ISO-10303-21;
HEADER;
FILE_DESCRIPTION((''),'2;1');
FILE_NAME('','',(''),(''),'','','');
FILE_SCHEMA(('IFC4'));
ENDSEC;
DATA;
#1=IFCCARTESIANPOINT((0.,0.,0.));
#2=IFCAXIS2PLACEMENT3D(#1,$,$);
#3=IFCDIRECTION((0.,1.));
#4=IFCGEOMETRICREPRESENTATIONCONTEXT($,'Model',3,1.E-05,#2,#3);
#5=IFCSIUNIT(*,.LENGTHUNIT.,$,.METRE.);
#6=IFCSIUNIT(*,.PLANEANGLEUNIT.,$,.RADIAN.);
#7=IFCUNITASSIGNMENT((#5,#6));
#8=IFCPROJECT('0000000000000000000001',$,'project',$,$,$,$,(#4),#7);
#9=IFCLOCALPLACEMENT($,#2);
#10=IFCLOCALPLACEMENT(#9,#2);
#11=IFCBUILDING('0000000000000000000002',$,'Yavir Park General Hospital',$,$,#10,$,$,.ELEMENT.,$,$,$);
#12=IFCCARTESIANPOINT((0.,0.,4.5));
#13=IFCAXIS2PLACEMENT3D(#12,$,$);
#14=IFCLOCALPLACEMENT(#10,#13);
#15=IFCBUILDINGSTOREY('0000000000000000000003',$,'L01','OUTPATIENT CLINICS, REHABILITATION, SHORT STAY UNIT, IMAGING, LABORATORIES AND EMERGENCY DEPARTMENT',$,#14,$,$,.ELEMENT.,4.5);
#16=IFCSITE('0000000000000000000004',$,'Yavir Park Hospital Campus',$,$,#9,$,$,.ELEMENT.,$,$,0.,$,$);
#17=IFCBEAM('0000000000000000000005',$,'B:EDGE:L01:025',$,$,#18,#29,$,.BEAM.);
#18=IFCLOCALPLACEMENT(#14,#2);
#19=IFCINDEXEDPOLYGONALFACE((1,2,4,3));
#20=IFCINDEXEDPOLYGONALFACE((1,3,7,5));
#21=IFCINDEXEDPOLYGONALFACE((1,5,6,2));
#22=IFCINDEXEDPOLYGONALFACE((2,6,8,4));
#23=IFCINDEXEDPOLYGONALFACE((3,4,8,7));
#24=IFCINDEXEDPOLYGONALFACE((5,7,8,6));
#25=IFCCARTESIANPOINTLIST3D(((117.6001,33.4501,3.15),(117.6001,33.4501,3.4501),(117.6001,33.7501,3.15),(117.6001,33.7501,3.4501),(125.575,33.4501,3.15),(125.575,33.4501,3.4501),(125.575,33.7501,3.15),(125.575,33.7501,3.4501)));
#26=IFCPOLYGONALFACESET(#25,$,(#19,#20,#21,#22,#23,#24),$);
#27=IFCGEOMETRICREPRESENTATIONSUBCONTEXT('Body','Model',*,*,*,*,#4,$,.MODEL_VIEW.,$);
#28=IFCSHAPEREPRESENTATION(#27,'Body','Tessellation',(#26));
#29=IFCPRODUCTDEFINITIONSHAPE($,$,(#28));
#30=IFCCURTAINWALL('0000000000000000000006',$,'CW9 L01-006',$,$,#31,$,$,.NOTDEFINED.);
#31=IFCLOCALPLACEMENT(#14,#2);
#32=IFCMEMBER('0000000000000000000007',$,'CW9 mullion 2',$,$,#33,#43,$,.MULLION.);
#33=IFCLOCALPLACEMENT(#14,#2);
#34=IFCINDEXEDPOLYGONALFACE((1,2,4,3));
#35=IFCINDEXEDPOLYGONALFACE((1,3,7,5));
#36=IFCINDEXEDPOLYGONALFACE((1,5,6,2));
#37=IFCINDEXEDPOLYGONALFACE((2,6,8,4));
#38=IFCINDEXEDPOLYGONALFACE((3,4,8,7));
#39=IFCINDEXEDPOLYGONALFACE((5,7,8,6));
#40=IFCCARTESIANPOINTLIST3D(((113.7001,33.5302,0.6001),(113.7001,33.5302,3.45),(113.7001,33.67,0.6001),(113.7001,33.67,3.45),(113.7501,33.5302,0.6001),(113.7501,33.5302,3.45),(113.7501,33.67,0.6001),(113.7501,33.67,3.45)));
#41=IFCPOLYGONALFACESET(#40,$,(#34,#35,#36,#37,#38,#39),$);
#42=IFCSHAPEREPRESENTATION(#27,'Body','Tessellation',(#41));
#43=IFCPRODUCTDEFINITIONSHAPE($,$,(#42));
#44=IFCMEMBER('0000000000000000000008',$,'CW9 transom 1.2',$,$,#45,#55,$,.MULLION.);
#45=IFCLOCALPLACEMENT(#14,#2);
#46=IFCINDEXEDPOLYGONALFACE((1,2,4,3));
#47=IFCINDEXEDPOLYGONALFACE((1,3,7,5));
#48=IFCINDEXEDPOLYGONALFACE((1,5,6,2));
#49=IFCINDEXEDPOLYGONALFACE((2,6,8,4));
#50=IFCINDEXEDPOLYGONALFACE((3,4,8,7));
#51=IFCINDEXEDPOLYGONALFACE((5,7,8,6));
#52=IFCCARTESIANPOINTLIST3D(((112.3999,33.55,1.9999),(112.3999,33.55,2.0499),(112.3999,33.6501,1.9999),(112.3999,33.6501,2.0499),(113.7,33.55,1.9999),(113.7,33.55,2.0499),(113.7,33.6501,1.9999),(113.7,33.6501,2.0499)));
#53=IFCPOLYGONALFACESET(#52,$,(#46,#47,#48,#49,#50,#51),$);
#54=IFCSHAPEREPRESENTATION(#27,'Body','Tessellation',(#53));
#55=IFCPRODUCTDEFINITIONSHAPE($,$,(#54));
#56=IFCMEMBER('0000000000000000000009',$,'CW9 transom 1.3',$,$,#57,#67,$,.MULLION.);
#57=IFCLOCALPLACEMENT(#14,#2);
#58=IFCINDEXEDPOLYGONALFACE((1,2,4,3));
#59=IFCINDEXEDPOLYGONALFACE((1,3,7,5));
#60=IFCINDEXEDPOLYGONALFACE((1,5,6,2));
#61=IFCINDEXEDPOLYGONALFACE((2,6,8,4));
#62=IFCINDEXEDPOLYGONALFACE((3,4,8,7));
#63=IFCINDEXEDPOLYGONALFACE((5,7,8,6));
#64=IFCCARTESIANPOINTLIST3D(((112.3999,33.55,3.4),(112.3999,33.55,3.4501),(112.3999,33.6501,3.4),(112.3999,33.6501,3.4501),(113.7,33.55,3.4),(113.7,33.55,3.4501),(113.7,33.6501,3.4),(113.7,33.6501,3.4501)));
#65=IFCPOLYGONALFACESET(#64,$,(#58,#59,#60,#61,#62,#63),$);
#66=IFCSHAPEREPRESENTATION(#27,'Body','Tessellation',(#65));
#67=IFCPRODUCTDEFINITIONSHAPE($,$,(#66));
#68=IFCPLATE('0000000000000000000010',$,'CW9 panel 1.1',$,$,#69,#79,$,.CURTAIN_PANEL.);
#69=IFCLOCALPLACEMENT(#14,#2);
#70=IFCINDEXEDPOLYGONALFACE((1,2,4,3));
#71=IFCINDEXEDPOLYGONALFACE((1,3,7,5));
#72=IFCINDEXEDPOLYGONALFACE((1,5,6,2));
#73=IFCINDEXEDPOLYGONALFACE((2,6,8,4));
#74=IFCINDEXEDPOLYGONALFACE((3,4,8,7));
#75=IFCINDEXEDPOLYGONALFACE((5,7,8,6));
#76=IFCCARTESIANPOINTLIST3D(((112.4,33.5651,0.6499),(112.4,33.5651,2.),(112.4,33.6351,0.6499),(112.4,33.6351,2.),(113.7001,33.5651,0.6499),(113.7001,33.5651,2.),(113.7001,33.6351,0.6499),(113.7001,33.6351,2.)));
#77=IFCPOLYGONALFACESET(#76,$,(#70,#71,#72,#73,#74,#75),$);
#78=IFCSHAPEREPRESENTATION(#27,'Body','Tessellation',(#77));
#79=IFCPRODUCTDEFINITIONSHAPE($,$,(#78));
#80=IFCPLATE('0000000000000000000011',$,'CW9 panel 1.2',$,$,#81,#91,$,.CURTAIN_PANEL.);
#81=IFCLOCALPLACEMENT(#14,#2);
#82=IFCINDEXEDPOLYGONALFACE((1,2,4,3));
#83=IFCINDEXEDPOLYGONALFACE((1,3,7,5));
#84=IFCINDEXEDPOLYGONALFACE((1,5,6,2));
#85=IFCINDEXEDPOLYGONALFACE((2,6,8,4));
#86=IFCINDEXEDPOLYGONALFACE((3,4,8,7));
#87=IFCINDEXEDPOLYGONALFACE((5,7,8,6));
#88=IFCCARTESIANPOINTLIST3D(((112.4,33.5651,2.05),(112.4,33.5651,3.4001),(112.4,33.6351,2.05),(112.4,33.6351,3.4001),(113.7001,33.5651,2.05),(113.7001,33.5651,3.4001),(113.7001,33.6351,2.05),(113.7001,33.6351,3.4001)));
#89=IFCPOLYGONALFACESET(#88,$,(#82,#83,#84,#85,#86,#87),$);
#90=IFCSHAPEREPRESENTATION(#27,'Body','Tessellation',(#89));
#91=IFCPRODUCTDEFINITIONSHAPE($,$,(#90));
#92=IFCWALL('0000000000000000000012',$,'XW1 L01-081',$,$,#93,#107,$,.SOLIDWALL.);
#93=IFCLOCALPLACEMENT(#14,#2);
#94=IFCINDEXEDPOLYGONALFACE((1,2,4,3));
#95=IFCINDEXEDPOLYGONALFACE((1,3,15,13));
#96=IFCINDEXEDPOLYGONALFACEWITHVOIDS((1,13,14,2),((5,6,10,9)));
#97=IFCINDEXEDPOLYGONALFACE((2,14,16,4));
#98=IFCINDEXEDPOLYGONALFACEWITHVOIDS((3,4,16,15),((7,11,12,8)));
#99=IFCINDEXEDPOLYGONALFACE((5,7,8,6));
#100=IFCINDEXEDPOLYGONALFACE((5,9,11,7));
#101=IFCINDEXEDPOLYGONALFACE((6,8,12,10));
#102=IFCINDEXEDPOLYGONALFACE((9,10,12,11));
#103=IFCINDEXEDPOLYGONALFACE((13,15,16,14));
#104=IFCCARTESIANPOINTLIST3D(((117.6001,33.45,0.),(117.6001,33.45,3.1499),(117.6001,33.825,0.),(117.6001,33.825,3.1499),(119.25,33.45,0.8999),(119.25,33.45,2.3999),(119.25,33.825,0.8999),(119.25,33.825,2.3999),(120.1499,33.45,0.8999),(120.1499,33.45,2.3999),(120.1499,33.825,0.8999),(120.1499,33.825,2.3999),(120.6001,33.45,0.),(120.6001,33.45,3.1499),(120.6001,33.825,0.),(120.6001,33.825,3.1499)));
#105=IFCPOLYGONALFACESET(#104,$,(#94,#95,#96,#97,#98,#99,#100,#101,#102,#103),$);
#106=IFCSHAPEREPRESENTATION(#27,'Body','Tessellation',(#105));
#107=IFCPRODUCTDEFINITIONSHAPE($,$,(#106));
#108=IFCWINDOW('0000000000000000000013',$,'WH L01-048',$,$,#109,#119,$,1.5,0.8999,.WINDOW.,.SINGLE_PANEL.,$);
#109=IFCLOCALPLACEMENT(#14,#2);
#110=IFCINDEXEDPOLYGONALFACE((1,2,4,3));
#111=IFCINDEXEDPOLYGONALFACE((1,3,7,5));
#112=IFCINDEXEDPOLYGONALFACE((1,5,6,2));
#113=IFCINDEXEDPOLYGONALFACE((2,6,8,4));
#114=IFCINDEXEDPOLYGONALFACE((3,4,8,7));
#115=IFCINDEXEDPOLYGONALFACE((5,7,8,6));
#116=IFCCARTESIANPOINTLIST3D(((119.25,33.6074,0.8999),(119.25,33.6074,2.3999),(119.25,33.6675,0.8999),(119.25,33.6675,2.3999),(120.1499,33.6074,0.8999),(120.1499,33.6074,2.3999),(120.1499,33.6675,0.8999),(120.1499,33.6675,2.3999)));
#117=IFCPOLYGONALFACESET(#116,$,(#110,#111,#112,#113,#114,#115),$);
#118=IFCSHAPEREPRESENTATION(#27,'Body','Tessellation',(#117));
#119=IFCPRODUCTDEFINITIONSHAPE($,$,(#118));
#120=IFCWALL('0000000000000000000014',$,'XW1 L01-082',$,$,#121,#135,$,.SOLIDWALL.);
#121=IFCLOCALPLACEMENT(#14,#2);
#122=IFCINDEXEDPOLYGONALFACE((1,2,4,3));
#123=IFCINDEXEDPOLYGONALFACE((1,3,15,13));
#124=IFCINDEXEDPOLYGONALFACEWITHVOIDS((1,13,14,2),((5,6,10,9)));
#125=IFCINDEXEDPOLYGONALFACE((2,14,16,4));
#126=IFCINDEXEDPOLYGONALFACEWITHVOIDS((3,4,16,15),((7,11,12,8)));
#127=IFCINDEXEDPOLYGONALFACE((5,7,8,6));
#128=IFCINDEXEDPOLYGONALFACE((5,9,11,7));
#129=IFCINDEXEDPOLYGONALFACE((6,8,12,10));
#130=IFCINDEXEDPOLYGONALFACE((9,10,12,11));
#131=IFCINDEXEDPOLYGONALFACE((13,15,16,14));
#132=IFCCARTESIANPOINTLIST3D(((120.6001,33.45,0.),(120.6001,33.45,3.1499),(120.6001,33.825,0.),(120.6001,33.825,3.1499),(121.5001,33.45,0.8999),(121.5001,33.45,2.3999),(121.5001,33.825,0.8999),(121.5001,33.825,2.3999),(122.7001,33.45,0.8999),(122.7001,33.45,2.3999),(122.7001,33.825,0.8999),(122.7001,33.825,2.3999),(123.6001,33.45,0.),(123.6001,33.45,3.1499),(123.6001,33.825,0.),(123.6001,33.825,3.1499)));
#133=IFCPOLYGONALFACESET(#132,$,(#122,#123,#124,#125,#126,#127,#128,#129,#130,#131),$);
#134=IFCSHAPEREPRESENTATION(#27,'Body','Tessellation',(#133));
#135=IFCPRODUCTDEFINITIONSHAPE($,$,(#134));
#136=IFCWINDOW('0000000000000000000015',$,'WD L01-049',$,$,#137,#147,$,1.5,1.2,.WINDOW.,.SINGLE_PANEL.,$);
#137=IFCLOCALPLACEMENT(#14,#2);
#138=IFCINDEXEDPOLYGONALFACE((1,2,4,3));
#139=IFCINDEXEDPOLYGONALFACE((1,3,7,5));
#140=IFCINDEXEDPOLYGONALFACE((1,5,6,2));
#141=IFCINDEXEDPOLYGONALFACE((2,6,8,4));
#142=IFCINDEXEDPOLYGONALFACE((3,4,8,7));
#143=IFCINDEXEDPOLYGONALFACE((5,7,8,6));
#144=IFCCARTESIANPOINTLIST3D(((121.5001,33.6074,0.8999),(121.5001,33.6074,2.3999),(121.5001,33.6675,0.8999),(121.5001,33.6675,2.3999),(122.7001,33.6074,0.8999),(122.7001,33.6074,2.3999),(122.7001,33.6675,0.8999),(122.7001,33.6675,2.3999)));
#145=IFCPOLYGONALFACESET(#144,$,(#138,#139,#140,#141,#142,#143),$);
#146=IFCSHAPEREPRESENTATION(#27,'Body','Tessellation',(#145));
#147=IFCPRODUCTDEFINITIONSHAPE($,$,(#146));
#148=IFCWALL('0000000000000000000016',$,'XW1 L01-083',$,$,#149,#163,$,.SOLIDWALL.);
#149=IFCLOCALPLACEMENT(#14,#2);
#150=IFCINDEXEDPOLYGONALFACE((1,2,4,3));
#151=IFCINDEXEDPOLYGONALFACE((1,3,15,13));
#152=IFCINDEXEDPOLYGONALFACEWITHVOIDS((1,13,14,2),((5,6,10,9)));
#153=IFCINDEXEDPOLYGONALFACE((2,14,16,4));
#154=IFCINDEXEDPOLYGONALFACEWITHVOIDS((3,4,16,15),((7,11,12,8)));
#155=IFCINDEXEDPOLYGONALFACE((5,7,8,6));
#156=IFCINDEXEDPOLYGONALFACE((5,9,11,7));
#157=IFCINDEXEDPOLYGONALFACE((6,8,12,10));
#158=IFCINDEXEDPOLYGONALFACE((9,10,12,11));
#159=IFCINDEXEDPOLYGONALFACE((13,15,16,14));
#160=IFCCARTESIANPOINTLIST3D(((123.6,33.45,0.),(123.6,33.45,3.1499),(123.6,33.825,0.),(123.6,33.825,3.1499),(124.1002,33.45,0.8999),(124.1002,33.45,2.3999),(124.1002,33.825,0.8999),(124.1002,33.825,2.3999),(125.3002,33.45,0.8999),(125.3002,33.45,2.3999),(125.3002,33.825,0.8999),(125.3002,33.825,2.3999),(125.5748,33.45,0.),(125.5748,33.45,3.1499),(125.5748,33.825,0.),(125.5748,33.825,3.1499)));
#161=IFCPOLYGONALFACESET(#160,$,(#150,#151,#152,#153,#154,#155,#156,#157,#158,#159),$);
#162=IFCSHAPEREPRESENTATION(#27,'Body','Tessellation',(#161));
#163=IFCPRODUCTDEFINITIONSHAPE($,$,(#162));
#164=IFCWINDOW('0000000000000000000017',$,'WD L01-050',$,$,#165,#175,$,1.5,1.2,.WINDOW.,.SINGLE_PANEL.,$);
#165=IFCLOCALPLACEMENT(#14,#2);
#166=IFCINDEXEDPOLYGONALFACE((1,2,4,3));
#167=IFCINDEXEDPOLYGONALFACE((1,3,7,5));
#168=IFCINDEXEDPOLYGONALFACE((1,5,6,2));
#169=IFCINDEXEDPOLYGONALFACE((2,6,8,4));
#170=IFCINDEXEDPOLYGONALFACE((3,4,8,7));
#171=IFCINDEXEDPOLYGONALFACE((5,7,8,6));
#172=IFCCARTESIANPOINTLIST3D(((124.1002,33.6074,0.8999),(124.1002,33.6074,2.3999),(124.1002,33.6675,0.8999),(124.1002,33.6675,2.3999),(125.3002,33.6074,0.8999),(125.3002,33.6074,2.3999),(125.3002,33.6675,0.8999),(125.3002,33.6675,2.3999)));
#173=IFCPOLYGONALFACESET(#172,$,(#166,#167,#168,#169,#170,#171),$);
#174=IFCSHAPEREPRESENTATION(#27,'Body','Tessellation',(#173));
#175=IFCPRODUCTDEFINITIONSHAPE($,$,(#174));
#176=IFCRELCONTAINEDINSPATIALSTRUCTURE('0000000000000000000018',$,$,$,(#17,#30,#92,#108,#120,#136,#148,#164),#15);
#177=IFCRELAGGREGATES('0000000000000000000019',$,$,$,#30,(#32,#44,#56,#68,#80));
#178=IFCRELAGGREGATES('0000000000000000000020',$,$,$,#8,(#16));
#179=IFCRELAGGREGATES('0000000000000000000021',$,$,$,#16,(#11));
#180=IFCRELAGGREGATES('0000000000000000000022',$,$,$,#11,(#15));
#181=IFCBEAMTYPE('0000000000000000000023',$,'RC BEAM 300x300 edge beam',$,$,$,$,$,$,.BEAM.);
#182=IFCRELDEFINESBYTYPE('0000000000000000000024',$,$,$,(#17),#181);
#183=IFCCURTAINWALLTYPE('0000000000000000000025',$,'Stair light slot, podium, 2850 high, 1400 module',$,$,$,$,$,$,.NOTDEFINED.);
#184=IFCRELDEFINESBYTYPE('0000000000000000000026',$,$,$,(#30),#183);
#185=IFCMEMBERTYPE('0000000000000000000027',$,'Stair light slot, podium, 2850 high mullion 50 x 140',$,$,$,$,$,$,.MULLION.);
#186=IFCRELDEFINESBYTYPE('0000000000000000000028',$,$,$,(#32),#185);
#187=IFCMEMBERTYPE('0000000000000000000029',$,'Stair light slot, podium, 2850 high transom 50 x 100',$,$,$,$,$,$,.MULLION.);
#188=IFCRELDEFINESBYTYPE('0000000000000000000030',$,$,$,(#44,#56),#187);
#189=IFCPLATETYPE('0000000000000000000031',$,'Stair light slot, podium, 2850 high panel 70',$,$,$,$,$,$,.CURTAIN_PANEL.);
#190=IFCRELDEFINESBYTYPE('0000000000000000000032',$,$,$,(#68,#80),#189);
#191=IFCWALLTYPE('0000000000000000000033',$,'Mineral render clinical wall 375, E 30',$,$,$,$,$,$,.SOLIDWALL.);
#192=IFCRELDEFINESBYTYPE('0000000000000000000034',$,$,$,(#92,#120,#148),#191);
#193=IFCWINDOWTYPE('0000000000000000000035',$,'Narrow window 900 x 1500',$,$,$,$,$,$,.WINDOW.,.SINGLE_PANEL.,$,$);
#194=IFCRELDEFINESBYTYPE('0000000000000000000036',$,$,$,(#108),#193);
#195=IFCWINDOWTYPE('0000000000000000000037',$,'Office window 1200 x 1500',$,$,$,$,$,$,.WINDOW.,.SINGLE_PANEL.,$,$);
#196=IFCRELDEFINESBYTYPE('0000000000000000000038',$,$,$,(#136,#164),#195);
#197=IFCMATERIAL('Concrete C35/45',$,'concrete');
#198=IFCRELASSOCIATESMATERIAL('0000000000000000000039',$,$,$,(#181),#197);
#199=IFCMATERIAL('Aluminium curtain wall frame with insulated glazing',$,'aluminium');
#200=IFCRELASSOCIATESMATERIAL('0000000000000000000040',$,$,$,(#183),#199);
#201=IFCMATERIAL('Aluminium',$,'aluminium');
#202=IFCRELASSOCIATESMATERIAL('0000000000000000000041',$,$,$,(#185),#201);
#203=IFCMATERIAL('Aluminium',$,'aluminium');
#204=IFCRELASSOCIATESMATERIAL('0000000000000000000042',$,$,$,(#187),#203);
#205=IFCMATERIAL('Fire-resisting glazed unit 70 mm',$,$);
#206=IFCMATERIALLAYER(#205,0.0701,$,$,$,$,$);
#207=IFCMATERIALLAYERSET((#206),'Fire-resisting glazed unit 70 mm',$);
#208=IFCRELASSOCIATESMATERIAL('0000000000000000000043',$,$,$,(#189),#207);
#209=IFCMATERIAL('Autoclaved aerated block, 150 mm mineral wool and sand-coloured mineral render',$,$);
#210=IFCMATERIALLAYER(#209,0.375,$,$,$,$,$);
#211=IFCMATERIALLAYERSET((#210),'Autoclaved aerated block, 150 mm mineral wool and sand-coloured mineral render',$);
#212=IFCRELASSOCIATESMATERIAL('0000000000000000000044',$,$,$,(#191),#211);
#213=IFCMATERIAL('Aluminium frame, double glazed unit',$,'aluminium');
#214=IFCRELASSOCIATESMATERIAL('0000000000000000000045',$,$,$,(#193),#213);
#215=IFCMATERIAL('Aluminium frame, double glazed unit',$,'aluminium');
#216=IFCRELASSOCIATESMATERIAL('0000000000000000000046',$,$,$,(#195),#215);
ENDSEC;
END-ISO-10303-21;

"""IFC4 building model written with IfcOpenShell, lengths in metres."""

from ifc_helpers import new_model, si_unit, direction, frame, frame_2d, origin, origin_2d, place, context, subcontext, project, spatial, rectangle, extrude, material, layer, layer_set, material_profile, profile_set, type_object, element, fill, aggregate, save


model = new_model("IFC4")

# Units and contexts
model_context = context("Model", 3, precision=1e-05, world=origin(), true_north=direction((0.0, 1.0)))
body_context = subcontext(model_context, "Body", "Model", "MODEL_VIEW")
ifc_project = project(units=[si_unit("LENGTHUNIT", "METRE"), si_unit("PLANEANGLEUNIT", "RADIAN")], contexts=[model_context])

# Site, building, storey
site_placement = place(None, origin())
site = spatial("IfcSite", under=ifc_project, at=site_placement, Name="Yavir Park Hospital Campus", CompositionType="ELEMENT", RefElevation=0.0)
building_placement = place(site_placement, origin())
building = spatial("IfcBuilding", under=site, at=building_placement, Name="Yavir Park General Hospital", CompositionType="ELEMENT")
storey_placement = place(building_placement, frame((0.0, 0.0, 4.5)))
storey = spatial("IfcBuildingStorey", under=building, at=storey_placement, Name="L01", Description="OUTPATIENT CLINICS, REHABILITATION, SHORT STAY UNIT, IMAGING, LABORATORIES AND EMERGENCY DEPARTMENT", CompositionType="ELEMENT", Elevation=4.5)

# Beam
ifc_material_1 = material(Name="Concrete C35/45", Category="concrete")
ifc_material_profile_1 = material_profile(ifc_material_1, rectangle(XDim=0.3, YDim=0.3, at=origin_2d()), Name="RC300x300")
ifc_profile_set_1 = profile_set([ifc_material_profile_1], Name="Concrete C35/45")
beam_type = type_object("IfcBeamType", Name="RC BEAM 300x300 edge beam", PredefinedType="BEAM", material=ifc_profile_set_1)
beam_placement = place(storey_placement, frame((117.6001, 33.6001, 3.3), z_axis=(1.0, 0.0, 0.0), x_axis=(0.0, 1.0, 0.0)))
element("IfcBeam", 1, at=beam_placement, inside=storey, type_object=beam_type, Name="B:EDGE:L01:025", PredefinedType="BEAM", context=body_context, shape_type="SweptSolid", body=[
    extrude(rectangle(XDim=0.3, YDim=0.3, at=origin_2d()), origin(), (0.0, 0.0, 1.0), 7.9749),
])

# Curtain wall, members, plates
ifc_material_2 = material(Name="Aluminium curtain wall frame with insulated glazing", Category="aluminium")
curtain_wall_type = type_object("IfcCurtainWallType", Name="Stair light slot, podium, 2850 high, 1400 module", PredefinedType="NOTDEFINED", material=ifc_material_2)
curtain_wall_placement = place(storey_placement, origin())
curtain_wall = element("IfcCurtainWall", 2, at=curtain_wall_placement, inside=storey, type_object=curtain_wall_type, Name="CW9 L01-006", PredefinedType="NOTDEFINED")
ifc_material_3 = material(Name="Aluminium", Category="aluminium")
ifc_material_profile_2 = material_profile(ifc_material_3, rectangle(XDim=0.1399, YDim=0.05, at=origin_2d()), Name="AL 50x140")
ifc_profile_set_2 = profile_set([ifc_material_profile_2], Name="Aluminium")
member_type_1 = type_object("IfcMemberType", Name="Stair light slot, podium, 2850 high mullion 50 x 140", PredefinedType="MULLION", material=ifc_profile_set_2)
member_1_placement = place(storey_placement, frame((113.7251, 33.6001, 0.6001), z_axis=(0.0, 0.0, 1.0), x_axis=(0.0, 1.0, 0.0)))
member_1 = element("IfcMember", 3, at=member_1_placement, type_object=member_type_1, Name="CW9 mullion 2", PredefinedType="MULLION", context=body_context, shape_type="SweptSolid", body=[
    extrude(rectangle(XDim=0.1399, YDim=0.05, at=origin_2d()), origin(), (0.0, 0.0, 1.0), 2.8499),
])
ifc_material_4 = material(Name="Aluminium", Category="aluminium")
ifc_material_profile_3 = material_profile(ifc_material_4, rectangle(XDim=0.1001, YDim=0.05, at=origin_2d()), Name="AL 100x50")
ifc_profile_set_3 = profile_set([ifc_material_profile_3], Name="Aluminium")
member_type_2 = type_object("IfcMemberType", Name="Stair light slot, podium, 2850 high transom 50 x 100", PredefinedType="MULLION", material=ifc_profile_set_3)
member_2_placement = place(storey_placement, frame((112.3999, 33.6001, 2.0249), z_axis=(1.0, 0.0, 0.0), x_axis=(0.0, 1.0, 0.0)))
member_2 = element("IfcMember", 4, at=member_2_placement, type_object=member_type_2, Name="CW9 transom 1.2", PredefinedType="MULLION", context=body_context, shape_type="SweptSolid", body=[
    extrude(rectangle(XDim=0.1001, YDim=0.05, at=origin_2d()), origin(), (0.0, 0.0, 1.0), 1.3),
])
member_3_placement = place(storey_placement, frame((112.3999, 33.6001, 3.425), z_axis=(1.0, 0.0, 0.0), x_axis=(0.0, 1.0, 0.0)))
member_3 = element("IfcMember", 5, at=member_3_placement, type_object=member_type_2, Name="CW9 transom 1.3", PredefinedType="MULLION", context=body_context, shape_type="SweptSolid", body=[
    extrude(rectangle(XDim=0.1001, YDim=0.05, at=origin_2d()), origin(), (0.0, 0.0, 1.0), 1.3),
])
ifc_material_5 = material(Name="Fire-resisting glazed unit 70 mm")
ifc_layer_1 = layer(ifc_material_5, 0.0701)
ifc_layer_set_1 = layer_set([ifc_layer_1], Name="Fire-resisting glazed unit 70 mm")
plate_type = type_object("IfcPlateType", Name="Stair light slot, podium, 2850 high panel 70", PredefinedType="CURTAIN_PANEL", material=ifc_layer_set_1)
plate_1_placement = place(storey_placement, frame((113.05, 33.6001, 0.6499), z_axis=(0.0, 0.0, 1.0), x_axis=(1.0, 0.0, 0.0)))
plate_1 = element("IfcPlate", 6, at=plate_1_placement, type_object=plate_type, Name="CW9 panel 1.1", PredefinedType="CURTAIN_PANEL", context=body_context, shape_type="SweptSolid", body=[
    extrude(rectangle(XDim=1.3, YDim=0.0701, at=origin_2d()), origin(), (0.0, 0.0, 1.0), 1.3501),
])
plate_2_placement = place(storey_placement, frame((113.05, 33.6001, 2.05), z_axis=(0.0, 0.0, 1.0), x_axis=(1.0, 0.0, 0.0)))
plate_2 = element("IfcPlate", 7, at=plate_2_placement, type_object=plate_type, Name="CW9 panel 1.2", PredefinedType="CURTAIN_PANEL", context=body_context, shape_type="SweptSolid", body=[
    extrude(rectangle(XDim=1.3, YDim=0.0701, at=origin_2d()), origin(), (0.0, 0.0, 1.0), 1.3501),
])
aggregate(curtain_wall, [member_1, member_2, member_3, plate_1, plate_2])

# Walls, openings, windows
ifc_material_6 = material(Name="Autoclaved aerated block, 150 mm mineral wool and sand-coloured mineral render")
ifc_layer_2 = layer(ifc_material_6, 0.375)
ifc_layer_set_2 = layer_set([ifc_layer_2], Name="Autoclaved aerated block, 150 mm mineral wool and sand-coloured mineral render")
wall_type_1 = type_object("IfcWallType", Name="Mineral render clinical wall 375, E 30", PredefinedType="SOLIDWALL", material=ifc_layer_set_2)
wall_1_placement = place(storey_placement, frame((117.6001, 33.6375, 0.0), z_axis=(0.0, 0.0, 1.0), x_axis=(1.0, 0.0, 0.0)))
wall_1 = element("IfcWall", 8, at=wall_1_placement, inside=storey, type_object=wall_type_1, Name="XW1 L01-081", PredefinedType="SOLIDWALL", context=body_context, shape_type="SweptSolid", body=[
    extrude(rectangle(XDim=3.0, YDim=0.375, at=frame_2d((1.5, 0.0))), origin(), (0.0, 0.0, 1.0), 3.1499),
])
opening_1_placement = place(wall_1_placement, frame((1.6499, 0.0, 0.8999)))
opening_1 = element("IfcOpeningElement", 9, at=opening_1_placement, cuts=wall_1, PredefinedType="OPENING", context=body_context, shape_type="SweptSolid", body=[
    extrude(rectangle(XDim=0.8999, YDim=1.5, at=frame_2d((0.45, 0.75))), frame((0.0, 0.1975, 0.0), z_axis=(0.0, -1.0, 0.0), x_axis=(1.0, 0.0, 0.0)), (0.0, 0.0, 1.0), 0.395),
])
ifc_material_7 = material(Name="Aluminium frame, double glazed unit", Category="aluminium")
window_type_1 = type_object("IfcWindowType", Name="Narrow window 900 x 1500", PartitioningType="SINGLE_PANEL", PredefinedType="WINDOW", material=ifc_material_7)
window_1_placement = place(opening_1_placement, origin())
window_1 = element("IfcWindow", 10, at=window_1_placement, inside=storey, type_object=window_type_1, Name="WH L01-048", OverallHeight=1.5, OverallWidth=0.8999, PartitioningType="SINGLE_PANEL", PredefinedType="WINDOW", context=body_context, shape_type="SweptSolid", body=[
    extrude(rectangle(XDim=0.8999, YDim=1.5, at=frame_2d((0.45, 0.75))), frame((0.0, 0.03, 0.0), z_axis=(0.0, -1.0, 0.0), x_axis=(1.0, 0.0, 0.0)), (0.0, 0.0, 1.0), 0.0601),
])
fill(opening_1, window_1)
wall_2_placement = place(storey_placement, frame((120.6001, 33.6375, 0.0), z_axis=(0.0, 0.0, 1.0), x_axis=(1.0, 0.0, 0.0)))
wall_2 = element("IfcWall", 11, at=wall_2_placement, inside=storey, type_object=wall_type_1, Name="XW1 L01-082", PredefinedType="SOLIDWALL", context=body_context, shape_type="SweptSolid", body=[
    extrude(rectangle(XDim=3.0, YDim=0.375, at=frame_2d((1.5, 0.0))), origin(), (0.0, 0.0, 1.0), 3.1499),
])
opening_2_placement = place(wall_2_placement, frame((0.8999, 0.0, 0.8999)))
opening_2 = element("IfcOpeningElement", 12, at=opening_2_placement, cuts=wall_2, PredefinedType="OPENING", context=body_context, shape_type="SweptSolid", body=[
    extrude(rectangle(XDim=1.2, YDim=1.5, at=frame_2d((0.6001, 0.75))), frame((0.0, 0.1975, 0.0), z_axis=(0.0, -1.0, 0.0), x_axis=(1.0, 0.0, 0.0)), (0.0, 0.0, 1.0), 0.395),
])
ifc_material_8 = material(Name="Aluminium frame, double glazed unit", Category="aluminium")
window_type_2 = type_object("IfcWindowType", Name="Office window 1200 x 1500", PartitioningType="SINGLE_PANEL", PredefinedType="WINDOW", material=ifc_material_8)
window_2_placement = place(opening_2_placement, origin())
window_2 = element("IfcWindow", 13, at=window_2_placement, inside=storey, type_object=window_type_2, Name="WD L01-049", OverallHeight=1.5, OverallWidth=1.2, PartitioningType="SINGLE_PANEL", PredefinedType="WINDOW", context=body_context, shape_type="SweptSolid", body=[
    extrude(rectangle(XDim=1.2, YDim=1.5, at=frame_2d((0.6001, 0.75))), frame((0.0, 0.03, 0.0), z_axis=(0.0, -1.0, 0.0), x_axis=(1.0, 0.0, 0.0)), (0.0, 0.0, 1.0), 0.0601),
])
fill(opening_2, window_2)
wall_3_placement = place(storey_placement, frame((123.6001, 33.6375, 0.0), z_axis=(0.0, 0.0, 1.0), x_axis=(1.0, 0.0, 0.0)))
wall_3 = element("IfcWall", 14, at=wall_3_placement, inside=storey, type_object=wall_type_1, Name="XW1 L01-083", PredefinedType="SOLIDWALL", context=body_context, shape_type="SweptSolid", body=[
    extrude(rectangle(XDim=1.9749, YDim=0.375, at=frame_2d((0.9873, 0.0))), origin(), (0.0, 0.0, 1.0), 3.1499),
])
opening_3_placement = place(wall_3_placement, frame((0.5, 0.0, 0.8999)))
opening_3 = element("IfcOpeningElement", 15, at=opening_3_placement, cuts=wall_3, PredefinedType="OPENING", context=body_context, shape_type="SweptSolid", body=[
    extrude(rectangle(XDim=1.2, YDim=1.5, at=frame_2d((0.6001, 0.75))), frame((0.0, 0.1975, 0.0), z_axis=(0.0, -1.0, 0.0), x_axis=(1.0, 0.0, 0.0)), (0.0, 0.0, 1.0), 0.395),
])
window_3_placement = place(opening_3_placement, origin())
window_3 = element("IfcWindow", 16, at=window_3_placement, inside=storey, type_object=window_type_2, Name="WD L01-050", OverallHeight=1.5, OverallWidth=1.2, PartitioningType="SINGLE_PANEL", PredefinedType="WINDOW", context=body_context, shape_type="SweptSolid", body=[
    extrude(rectangle(XDim=1.2, YDim=1.5, at=frame_2d((0.6001, 0.75))), frame((0.0, 0.03, 0.0), z_axis=(0.0, -1.0, 0.0), x_axis=(1.0, 0.0, 0.0)), (0.0, 0.0, 1.0), 0.0601),
])
fill(opening_3, window_3)

save(model, "model.ifc")
